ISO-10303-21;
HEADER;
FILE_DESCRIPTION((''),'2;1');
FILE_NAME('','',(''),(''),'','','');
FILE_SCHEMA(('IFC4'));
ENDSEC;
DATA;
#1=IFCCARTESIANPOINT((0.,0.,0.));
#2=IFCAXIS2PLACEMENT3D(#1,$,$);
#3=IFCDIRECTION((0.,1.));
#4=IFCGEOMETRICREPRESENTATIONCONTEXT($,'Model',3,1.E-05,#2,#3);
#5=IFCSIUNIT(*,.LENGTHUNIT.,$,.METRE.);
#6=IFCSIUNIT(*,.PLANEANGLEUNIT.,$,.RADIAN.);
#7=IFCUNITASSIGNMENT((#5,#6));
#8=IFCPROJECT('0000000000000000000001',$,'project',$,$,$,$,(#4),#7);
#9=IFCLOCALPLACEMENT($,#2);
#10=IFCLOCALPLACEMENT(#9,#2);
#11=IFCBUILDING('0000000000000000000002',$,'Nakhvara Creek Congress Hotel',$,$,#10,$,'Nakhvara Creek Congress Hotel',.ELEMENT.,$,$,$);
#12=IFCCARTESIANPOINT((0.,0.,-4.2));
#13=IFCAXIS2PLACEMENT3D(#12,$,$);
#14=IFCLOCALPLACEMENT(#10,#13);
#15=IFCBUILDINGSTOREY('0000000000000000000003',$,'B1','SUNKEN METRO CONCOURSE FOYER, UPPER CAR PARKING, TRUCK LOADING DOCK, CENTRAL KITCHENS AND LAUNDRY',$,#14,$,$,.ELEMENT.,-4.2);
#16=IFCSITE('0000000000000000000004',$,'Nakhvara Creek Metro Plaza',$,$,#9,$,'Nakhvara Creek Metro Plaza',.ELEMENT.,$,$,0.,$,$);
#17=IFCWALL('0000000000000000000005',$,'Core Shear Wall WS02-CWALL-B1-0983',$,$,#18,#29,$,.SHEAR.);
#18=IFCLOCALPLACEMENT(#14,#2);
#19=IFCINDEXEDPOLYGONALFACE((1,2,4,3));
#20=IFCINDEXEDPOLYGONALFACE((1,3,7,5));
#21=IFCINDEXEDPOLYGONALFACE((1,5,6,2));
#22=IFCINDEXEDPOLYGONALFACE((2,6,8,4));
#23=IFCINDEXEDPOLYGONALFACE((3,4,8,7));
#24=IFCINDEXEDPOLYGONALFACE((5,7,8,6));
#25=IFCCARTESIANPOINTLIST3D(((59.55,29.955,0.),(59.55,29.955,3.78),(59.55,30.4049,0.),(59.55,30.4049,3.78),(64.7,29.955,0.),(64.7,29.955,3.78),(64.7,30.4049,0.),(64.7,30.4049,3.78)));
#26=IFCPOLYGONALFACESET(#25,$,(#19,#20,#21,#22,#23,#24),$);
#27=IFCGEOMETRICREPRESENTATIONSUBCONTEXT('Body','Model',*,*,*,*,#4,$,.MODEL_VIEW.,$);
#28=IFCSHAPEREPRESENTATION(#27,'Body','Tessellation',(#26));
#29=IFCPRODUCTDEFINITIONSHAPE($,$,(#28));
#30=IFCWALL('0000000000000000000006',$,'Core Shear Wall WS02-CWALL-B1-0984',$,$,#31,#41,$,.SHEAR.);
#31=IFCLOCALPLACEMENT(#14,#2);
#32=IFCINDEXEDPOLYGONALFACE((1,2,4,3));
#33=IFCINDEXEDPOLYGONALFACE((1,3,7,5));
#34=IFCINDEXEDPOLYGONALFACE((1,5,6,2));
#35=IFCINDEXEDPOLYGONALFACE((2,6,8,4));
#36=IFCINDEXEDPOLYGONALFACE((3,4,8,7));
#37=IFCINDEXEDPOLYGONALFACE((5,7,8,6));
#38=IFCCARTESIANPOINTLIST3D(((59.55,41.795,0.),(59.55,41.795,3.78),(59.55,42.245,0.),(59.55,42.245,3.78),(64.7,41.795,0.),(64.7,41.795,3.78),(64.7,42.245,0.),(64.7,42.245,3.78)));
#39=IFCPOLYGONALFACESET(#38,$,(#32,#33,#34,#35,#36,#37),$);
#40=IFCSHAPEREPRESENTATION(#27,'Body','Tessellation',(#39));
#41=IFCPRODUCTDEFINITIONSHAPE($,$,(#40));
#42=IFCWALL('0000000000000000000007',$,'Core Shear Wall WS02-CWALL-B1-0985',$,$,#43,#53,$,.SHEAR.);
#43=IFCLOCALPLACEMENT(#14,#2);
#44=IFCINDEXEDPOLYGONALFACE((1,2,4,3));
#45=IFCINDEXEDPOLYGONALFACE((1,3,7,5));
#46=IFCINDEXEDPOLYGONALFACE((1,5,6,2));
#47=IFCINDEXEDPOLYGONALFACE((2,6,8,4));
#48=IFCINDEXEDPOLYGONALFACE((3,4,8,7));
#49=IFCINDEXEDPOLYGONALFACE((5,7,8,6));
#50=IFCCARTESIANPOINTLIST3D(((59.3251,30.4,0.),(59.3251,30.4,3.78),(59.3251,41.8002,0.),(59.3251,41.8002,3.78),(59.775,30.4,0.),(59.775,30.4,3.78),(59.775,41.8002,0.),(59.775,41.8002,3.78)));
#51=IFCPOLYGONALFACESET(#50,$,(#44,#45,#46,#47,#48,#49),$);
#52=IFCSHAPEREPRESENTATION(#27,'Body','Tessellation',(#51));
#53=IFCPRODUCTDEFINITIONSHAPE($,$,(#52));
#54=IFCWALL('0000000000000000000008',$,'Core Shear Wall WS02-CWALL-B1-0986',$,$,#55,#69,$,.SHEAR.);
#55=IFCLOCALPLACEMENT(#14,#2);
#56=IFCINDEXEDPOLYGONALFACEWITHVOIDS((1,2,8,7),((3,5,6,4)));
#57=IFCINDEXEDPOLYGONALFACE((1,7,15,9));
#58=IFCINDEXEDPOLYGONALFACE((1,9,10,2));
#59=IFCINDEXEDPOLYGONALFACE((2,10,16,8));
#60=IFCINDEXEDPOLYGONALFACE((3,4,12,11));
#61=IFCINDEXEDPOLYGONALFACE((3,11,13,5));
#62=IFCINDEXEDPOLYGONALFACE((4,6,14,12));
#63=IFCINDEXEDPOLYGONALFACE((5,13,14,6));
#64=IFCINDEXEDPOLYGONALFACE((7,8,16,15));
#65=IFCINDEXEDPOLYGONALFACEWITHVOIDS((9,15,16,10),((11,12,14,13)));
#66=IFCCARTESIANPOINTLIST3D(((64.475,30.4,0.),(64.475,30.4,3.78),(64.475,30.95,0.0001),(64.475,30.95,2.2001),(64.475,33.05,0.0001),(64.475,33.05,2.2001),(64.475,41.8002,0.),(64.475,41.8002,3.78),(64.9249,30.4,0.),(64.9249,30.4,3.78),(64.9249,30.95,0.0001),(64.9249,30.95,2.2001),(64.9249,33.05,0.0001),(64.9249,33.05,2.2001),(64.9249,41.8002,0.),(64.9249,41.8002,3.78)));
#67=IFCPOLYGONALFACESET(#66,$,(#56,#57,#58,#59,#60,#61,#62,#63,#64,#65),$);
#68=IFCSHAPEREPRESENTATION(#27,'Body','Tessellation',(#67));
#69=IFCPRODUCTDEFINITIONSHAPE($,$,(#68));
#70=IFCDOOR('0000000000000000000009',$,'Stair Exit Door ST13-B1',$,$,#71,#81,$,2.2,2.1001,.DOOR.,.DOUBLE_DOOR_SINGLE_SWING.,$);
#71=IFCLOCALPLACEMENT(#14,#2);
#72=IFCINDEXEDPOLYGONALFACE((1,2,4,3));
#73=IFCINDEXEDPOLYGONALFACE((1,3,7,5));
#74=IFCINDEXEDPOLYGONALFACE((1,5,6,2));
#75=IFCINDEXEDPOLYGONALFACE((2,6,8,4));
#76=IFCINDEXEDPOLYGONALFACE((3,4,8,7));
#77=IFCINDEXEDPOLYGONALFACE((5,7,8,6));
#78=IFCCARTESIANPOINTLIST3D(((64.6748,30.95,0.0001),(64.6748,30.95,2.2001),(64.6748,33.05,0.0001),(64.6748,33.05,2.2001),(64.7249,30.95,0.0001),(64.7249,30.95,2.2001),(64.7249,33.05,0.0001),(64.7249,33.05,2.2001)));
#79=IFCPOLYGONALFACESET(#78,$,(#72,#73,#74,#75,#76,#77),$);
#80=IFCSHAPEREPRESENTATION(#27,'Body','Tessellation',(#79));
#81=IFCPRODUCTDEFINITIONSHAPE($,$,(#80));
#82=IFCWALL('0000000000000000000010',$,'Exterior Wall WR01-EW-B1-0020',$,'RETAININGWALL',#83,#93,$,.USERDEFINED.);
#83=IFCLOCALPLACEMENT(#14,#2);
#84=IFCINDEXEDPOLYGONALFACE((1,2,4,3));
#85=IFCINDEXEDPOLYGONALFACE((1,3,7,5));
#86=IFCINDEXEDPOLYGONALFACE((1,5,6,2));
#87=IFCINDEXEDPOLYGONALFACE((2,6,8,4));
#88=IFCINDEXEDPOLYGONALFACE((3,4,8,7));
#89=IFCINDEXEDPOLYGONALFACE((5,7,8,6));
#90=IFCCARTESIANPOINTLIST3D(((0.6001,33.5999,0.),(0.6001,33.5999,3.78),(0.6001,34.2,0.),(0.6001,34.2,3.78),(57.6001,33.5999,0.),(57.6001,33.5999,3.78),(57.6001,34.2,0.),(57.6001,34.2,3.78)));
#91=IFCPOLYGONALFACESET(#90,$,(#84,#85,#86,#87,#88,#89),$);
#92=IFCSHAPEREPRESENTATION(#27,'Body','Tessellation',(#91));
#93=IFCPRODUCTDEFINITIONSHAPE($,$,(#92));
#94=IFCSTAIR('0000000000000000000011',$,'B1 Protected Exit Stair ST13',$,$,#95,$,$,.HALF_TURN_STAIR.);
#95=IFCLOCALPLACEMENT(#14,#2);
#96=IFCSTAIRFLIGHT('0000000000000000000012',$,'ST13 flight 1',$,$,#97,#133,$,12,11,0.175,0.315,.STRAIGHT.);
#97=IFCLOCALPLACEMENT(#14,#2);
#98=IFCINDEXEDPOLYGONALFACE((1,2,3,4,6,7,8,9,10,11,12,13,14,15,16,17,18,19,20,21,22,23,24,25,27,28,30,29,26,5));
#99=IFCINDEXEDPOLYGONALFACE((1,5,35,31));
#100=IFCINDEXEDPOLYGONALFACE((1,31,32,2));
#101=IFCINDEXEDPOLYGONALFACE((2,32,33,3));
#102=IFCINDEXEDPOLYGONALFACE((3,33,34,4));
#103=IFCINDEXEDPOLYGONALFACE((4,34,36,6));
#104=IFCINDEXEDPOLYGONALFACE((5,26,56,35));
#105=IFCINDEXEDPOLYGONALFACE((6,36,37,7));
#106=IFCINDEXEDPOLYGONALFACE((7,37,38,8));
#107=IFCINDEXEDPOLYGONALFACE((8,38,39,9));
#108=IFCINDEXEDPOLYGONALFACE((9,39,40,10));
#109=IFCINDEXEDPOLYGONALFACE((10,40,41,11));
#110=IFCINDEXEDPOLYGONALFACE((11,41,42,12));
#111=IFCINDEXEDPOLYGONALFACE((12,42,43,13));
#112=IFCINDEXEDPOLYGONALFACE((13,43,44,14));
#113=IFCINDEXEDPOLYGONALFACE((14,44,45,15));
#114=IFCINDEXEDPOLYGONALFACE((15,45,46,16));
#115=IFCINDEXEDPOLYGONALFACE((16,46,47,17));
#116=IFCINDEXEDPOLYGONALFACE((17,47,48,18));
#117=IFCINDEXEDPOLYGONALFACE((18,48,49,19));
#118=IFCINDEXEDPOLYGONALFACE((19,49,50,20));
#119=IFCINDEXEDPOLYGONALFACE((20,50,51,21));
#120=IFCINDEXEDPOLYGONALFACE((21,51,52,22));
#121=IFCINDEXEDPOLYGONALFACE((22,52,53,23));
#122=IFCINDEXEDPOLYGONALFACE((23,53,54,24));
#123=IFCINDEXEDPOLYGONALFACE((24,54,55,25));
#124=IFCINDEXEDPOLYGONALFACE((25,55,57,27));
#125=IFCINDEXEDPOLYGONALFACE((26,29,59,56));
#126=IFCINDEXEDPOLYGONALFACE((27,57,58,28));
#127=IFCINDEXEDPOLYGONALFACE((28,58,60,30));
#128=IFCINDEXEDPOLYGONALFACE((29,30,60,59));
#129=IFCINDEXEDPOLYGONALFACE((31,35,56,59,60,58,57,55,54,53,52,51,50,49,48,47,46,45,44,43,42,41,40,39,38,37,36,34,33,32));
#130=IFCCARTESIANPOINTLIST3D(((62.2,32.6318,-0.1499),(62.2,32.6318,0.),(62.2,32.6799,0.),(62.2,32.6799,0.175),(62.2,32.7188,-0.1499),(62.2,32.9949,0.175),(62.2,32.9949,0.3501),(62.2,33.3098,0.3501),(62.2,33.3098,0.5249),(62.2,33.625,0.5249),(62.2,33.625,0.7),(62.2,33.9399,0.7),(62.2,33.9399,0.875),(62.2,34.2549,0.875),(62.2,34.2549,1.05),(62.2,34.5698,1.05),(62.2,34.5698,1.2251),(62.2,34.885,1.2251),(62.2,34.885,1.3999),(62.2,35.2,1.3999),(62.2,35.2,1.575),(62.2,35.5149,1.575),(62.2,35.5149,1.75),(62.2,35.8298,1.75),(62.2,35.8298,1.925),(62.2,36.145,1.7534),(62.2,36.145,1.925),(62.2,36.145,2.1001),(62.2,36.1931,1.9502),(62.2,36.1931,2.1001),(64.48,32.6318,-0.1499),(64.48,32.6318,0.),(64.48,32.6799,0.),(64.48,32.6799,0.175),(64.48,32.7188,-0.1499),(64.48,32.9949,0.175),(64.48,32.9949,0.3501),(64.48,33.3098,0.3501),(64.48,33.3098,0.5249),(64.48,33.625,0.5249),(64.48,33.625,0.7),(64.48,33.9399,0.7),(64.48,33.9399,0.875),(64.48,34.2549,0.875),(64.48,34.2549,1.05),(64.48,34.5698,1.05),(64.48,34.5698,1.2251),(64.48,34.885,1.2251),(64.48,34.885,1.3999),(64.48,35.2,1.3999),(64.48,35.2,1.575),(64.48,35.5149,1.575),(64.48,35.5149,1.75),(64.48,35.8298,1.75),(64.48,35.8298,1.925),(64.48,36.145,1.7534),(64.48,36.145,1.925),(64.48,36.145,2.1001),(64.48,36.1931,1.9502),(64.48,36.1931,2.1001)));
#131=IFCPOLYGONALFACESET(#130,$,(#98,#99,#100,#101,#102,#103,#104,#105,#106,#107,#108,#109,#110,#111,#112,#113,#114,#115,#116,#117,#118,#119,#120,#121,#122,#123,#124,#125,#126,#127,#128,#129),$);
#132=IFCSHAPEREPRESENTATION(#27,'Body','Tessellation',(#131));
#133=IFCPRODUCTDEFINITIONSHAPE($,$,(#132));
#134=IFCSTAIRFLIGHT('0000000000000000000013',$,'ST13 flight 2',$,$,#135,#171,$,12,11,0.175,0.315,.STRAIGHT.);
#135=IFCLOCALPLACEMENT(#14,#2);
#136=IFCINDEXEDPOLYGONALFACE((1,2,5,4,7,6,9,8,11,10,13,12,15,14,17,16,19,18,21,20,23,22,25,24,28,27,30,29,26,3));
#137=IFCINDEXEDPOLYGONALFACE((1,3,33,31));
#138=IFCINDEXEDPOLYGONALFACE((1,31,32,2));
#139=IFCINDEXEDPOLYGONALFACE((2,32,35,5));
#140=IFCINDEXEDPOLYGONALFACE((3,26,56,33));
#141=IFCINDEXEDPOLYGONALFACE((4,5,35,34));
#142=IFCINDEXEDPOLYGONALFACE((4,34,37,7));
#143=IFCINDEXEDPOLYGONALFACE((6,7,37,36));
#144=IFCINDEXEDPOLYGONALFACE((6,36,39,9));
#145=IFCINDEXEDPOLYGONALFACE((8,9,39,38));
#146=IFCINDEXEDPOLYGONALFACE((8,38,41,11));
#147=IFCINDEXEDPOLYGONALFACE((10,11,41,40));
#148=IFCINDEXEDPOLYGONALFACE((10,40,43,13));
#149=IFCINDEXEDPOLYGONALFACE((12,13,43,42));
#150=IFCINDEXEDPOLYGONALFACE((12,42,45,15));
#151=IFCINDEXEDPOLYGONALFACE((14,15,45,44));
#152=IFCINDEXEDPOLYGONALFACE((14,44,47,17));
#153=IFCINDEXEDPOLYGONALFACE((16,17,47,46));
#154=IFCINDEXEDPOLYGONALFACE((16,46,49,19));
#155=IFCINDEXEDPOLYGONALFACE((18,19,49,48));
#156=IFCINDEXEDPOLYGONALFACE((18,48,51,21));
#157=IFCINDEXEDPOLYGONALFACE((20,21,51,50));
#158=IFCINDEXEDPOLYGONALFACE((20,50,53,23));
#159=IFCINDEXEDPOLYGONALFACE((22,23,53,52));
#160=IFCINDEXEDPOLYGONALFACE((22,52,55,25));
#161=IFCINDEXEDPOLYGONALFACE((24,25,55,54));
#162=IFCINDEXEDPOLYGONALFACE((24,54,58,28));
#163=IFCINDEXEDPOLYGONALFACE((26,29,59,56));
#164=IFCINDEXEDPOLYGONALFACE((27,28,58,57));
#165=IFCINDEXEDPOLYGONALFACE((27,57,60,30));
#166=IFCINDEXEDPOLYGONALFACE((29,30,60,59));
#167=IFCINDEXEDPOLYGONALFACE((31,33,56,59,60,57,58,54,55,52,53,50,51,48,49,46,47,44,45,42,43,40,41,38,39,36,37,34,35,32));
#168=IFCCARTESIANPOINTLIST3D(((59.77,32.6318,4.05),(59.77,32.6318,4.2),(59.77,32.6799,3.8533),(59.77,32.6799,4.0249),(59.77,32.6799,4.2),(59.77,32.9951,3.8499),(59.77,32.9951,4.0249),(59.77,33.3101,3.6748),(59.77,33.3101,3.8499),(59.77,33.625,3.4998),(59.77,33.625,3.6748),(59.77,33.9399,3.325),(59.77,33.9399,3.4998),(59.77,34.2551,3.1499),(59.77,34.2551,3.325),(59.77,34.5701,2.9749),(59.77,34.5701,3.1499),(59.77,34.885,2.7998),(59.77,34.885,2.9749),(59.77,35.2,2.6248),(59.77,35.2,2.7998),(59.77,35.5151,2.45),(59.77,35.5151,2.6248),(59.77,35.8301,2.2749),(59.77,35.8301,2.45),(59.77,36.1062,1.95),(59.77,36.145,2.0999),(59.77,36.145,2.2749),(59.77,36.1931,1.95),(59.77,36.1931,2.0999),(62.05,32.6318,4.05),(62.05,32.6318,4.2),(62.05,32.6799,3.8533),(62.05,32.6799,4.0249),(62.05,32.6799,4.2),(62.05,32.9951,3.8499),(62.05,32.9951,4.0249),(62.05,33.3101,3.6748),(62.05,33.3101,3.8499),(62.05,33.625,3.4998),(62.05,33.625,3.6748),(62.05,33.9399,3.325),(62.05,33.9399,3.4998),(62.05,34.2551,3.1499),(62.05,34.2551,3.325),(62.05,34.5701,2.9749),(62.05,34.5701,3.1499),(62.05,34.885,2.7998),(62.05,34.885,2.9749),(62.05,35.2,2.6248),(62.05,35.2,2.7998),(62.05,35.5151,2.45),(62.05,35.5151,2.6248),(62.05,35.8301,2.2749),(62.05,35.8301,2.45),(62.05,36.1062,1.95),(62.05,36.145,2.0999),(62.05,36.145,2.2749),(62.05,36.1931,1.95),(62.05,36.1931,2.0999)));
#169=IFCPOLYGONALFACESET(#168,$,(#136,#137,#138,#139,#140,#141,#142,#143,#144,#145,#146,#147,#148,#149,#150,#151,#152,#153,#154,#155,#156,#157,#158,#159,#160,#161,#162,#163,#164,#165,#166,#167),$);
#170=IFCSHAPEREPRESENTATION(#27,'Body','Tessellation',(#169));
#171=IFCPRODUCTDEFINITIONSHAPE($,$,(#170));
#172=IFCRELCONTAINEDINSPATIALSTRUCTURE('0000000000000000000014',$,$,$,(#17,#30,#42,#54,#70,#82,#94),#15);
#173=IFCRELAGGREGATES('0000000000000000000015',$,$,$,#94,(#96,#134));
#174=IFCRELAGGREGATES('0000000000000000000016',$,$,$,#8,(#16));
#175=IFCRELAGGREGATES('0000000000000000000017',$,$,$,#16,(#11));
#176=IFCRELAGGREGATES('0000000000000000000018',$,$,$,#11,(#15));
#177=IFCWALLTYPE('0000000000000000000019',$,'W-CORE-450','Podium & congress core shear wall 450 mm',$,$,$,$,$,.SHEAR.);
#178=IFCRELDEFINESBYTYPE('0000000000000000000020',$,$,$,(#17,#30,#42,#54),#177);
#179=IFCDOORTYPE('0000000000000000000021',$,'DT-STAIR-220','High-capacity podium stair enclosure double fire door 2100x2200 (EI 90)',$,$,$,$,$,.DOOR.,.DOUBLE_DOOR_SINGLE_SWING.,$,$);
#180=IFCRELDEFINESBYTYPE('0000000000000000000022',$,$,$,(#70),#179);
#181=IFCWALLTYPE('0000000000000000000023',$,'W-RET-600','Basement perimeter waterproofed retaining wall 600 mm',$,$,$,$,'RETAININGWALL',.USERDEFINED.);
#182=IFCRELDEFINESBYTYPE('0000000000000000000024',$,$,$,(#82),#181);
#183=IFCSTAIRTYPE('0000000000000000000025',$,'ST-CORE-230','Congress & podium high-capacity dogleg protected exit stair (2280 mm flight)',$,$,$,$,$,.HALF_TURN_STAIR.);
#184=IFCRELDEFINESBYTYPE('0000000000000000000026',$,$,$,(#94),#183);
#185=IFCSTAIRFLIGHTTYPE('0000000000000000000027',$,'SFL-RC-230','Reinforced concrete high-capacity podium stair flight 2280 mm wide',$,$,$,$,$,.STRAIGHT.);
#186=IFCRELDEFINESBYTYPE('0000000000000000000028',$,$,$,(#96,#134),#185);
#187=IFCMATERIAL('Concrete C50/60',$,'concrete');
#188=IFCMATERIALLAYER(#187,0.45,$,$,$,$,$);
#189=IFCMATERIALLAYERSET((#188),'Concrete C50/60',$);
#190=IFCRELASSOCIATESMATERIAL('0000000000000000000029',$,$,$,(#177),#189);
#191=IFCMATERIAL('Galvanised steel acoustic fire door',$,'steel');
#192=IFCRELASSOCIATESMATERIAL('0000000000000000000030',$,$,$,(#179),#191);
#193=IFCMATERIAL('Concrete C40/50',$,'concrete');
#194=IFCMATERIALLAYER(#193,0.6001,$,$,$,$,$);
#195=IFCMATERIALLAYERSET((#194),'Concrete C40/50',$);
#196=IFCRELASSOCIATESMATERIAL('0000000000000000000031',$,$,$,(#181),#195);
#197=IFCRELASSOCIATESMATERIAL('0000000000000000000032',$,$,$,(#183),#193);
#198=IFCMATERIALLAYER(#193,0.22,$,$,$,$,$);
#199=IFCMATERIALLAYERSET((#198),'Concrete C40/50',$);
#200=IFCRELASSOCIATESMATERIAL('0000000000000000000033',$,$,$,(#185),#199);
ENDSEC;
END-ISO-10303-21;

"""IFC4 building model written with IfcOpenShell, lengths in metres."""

from ifc_helpers import new_model, si_unit, direction, frame, frame_2d, origin, place, context, subcontext, project, spatial, polyline, rectangle, outline, extrude, material, layer, layer_set, type_object, element, fill, aggregate, save


model = new_model("IFC4")

# Units and contexts
model_context = context("Model", 3, precision=1e-05, world=origin(), true_north=direction((0.0, 1.0)))
body_context = subcontext(model_context, "Body", "Model", "MODEL_VIEW")
ifc_project = project(units=[si_unit("LENGTHUNIT", "METRE"), si_unit("PLANEANGLEUNIT", "RADIAN")], contexts=[model_context])

# Site, building, storey
site_placement = place(None, origin())
site = spatial("IfcSite", under=ifc_project, at=site_placement, Name="Nakhvara Creek Metro Plaza", LongName="Nakhvara Creek Metro Plaza", CompositionType="ELEMENT", RefElevation=0.0)
building_placement = place(site_placement, origin())
building = spatial("IfcBuilding", under=site, at=building_placement, Name="Nakhvara Creek Congress Hotel", LongName="Nakhvara Creek Congress Hotel", CompositionType="ELEMENT")
storey_placement = place(building_placement, frame((0.0, 0.0, -4.2)))
storey = spatial("IfcBuildingStorey", under=building, at=storey_placement, Name="B1", Description="SUNKEN METRO CONCOURSE FOYER, UPPER CAR PARKING, TRUCK LOADING DOCK, CENTRAL KITCHENS AND LAUNDRY", CompositionType="ELEMENT", Elevation=-4.2)

# Shared definitions
ifc_material_1 = material(Name="Concrete C50/60", Category="concrete")

# Shared definitions
ifc_material_2 = material(Name="Concrete C40/50", Category="concrete")

# Walls
ifc_layer_1 = layer(ifc_material_1, 0.45)
ifc_layer_set_1 = layer_set([ifc_layer_1], Name="Concrete C50/60")
wall_type_1 = type_object("IfcWallType", Name="W-CORE-450", Description="Podium & congress core shear wall 450 mm", PredefinedType="SHEAR", material=ifc_layer_set_1)
for number, where, z_axis, x_axis, name in (
    (1, (59.55, 30.1799, 0.0), (0.0, 0.0, 1.0), (1.0, 0.0, 0.0), "Core Shear Wall WS02-CWALL-B1-0983"),
    (2, (59.55, 42.02, 0.0), (0.0, 0.0, 1.0), (1.0, 0.0, 0.0), "Core Shear Wall WS02-CWALL-B1-0984"),
):
    element("IfcWall", number, at=place(storey_placement, frame(where, z_axis=z_axis, x_axis=x_axis)), inside=storey, type_object=wall_type_1, Name=name, PredefinedType="SHEAR", context=body_context, shape_type="SweptSolid", body=[
        extrude(rectangle(XDim=5.1499, YDim=0.45, at=frame_2d((2.575, 0.0))), origin(), (0.0, 0.0, 1.0), 3.78),
    ])
wall_1_placement = place(storey_placement, frame((59.55, 30.3999, 0.0), z_axis=(0.0, 0.0, 1.0), x_axis=(0.0, 1.0, 0.0)))
element("IfcWall", 3, at=wall_1_placement, inside=storey, type_object=wall_type_1, Name="Core Shear Wall WS02-CWALL-B1-0985", PredefinedType="SHEAR", context=body_context, shape_type="SweptSolid", body=[
    extrude(rectangle(XDim=11.4001, YDim=0.45, at=frame_2d((5.7002, 0.0))), origin(), (0.0, 0.0, 1.0), 3.78),
])

# Wall, opening, door
wall_2_placement = place(storey_placement, frame((64.7, 30.3999, 0.0), z_axis=(0.0, 0.0, 1.0), x_axis=(0.0, 1.0, 0.0)))
wall_2 = element("IfcWall", 4, at=wall_2_placement, inside=storey, type_object=wall_type_1, Name="Core Shear Wall WS02-CWALL-B1-0986", PredefinedType="SHEAR", context=body_context, shape_type="SweptSolid", body=[
    extrude(rectangle(XDim=11.4001, YDim=0.45, at=frame_2d((5.7002, 0.0))), origin(), (0.0, 0.0, 1.0), 3.78),
])
opening_placement = place(wall_2_placement, frame((0.55, 0.0, 0.0)))
opening = element("IfcOpeningElement", 5, at=opening_placement, cuts=wall_2, PredefinedType="OPENING", context=body_context, shape_type="SweptSolid", body=[
    extrude(rectangle(XDim=2.1001, YDim=2.2, at=frame_2d((1.05, 1.1001))), frame((0.0, 0.2368, 0.0), z_axis=(0.0, -1.0, 0.0), x_axis=(1.0, 0.0, 0.0)), (0.0, 0.0, 1.0), 0.4739),
])
ifc_material_3 = material(Name="Galvanised steel acoustic fire door", Category="steel")
door_type = type_object("IfcDoorType", Name="DT-STAIR-220", Description="High-capacity podium stair enclosure double fire door 2100x2200 (EI 90)", OperationType="DOUBLE_DOOR_SINGLE_SWING", PredefinedType="DOOR", material=ifc_material_3)
door_placement = place(opening_placement, frame((2.1001, 0.0, 0.0), z_axis=(0.0, 0.0, 1.0), x_axis=(-1.0, 0.0, 0.0)))
door = element("IfcDoor", 6, at=door_placement, inside=storey, type_object=door_type, Name="Stair Exit Door ST13-B1", OperationType="DOUBLE_DOOR_SINGLE_SWING", OverallHeight=2.2, OverallWidth=2.1001, PredefinedType="DOOR", context=body_context, shape_type="SweptSolid", body=[
    extrude(rectangle(XDim=2.1001, YDim=2.2, at=frame_2d((1.05, 1.1001))), frame((0.0, 0.0249, 0.0), z_axis=(0.0, -1.0, 0.0), x_axis=(1.0, 0.0, 0.0)), (0.0, 0.0, 1.0), 0.05),
])
fill(opening, door)

# Wall
ifc_layer_2 = layer(ifc_material_2, 0.6001)
ifc_layer_set_2 = layer_set([ifc_layer_2], Name="Concrete C40/50")
wall_type_2 = type_object("IfcWallType", Name="W-RET-600", Description="Basement perimeter waterproofed retaining wall 600 mm", ElementType="RETAININGWALL", PredefinedType="USERDEFINED", material=ifc_layer_set_2)
wall_3_placement = place(storey_placement, frame((57.6001, 33.8999, 0.0), z_axis=(0.0, 0.0, 1.0), x_axis=(-1.0, 0.0, 0.0)))
element("IfcWall", 7, at=wall_3_placement, inside=storey, type_object=wall_type_2, Name="Exterior Wall WR01-EW-B1-0020", ObjectType="RETAININGWALL", PredefinedType="USERDEFINED", context=body_context, shape_type="SweptSolid", body=[
    extrude(rectangle(XDim=57.0, YDim=0.6001, at=frame_2d((28.5, 0.0))), origin(), (0.0, 0.0, 1.0), 3.78),
])

# Stair, stair flights
stair_type = type_object("IfcStairType", Name="ST-CORE-230", Description="Congress & podium high-capacity dogleg protected exit stair (2280 mm flight)", PredefinedType="HALF_TURN_STAIR", material=ifc_material_2)
stair_placement = place(storey_placement, origin())
stair = element("IfcStair", 8, at=stair_placement, inside=storey, type_object=stair_type, Name="B1 Protected Exit Stair ST13", PredefinedType="HALF_TURN_STAIR")
ifc_layer_3 = layer(ifc_material_2, 0.22)
ifc_layer_set_3 = layer_set([ifc_layer_3], Name="Concrete C40/50")
stair_flight_type = type_object("IfcStairFlightType", Name="SFL-RC-230", Description="Reinforced concrete high-capacity podium stair flight 2280 mm wide", PredefinedType="STRAIGHT", material=ifc_layer_set_3)
stair_flight_1_placement = place(storey_placement, frame((63.3401, 32.6799, 0.0), z_axis=(0.0, 0.0, 1.0), x_axis=(0.0, 1.0, 0.0)))
stair_flight_1 = element("IfcStairFlight", 9, at=stair_flight_1_placement, type_object=stair_flight_type, Name="ST13 flight 1", NumberOfRisers=12, NumberOfTreads=11, PredefinedType="STRAIGHT", RiserHeight=0.175, TreadLength=0.315, context=body_context, shape_type="SweptSolid", body=[
    extrude(outline(polyline([(-0.0481, 0.0), (0.0, 0.0), (0.0, 0.175), (0.3149, 0.175), (0.3149, 0.3501), (0.6299, 0.3501), (0.6299, 0.5249), (0.9451, 0.5249), (0.9451, 0.7), (1.26, 0.7), (1.26, 0.875), (1.575, 0.875), (1.575, 1.05), (1.8899, 1.05), (1.8899, 1.2251), (2.2051, 1.2251), (2.2051, 1.3999), (2.52, 1.3999), (2.52, 1.575), (2.835, 1.575), (2.835, 1.75), (3.1499, 1.75), (3.1499, 1.925), (3.4651, 1.925), (3.4651, 2.1001), (3.5132, 2.1001), (3.5132, 1.9502), (3.4651, 1.7534), (0.0388, -0.1499), (-0.0481, -0.1499), (-0.0481, 0.0)])), frame((0.0, 1.1401, 0.0), z_axis=(0.0, -1.0, 0.0), x_axis=(1.0, 0.0, 0.0)), (0.0, 0.0, 1.0), 2.28),
])
stair_flight_2_placement = place(storey_placement, frame((60.9099, 36.145, 2.0999), z_axis=(0.0, 0.0, 1.0), x_axis=(0.0, -1.0, 0.0)))
stair_flight_2 = element("IfcStairFlight", 10, at=stair_flight_2_placement, type_object=stair_flight_type, Name="ST13 flight 2", NumberOfRisers=12, NumberOfTreads=11, PredefinedType="STRAIGHT", RiserHeight=0.175, TreadLength=0.315, context=body_context, shape_type="SweptSolid", body=[
    extrude(outline(polyline([(-0.0481, 0.0), (0.0, 0.0), (0.0, 0.175), (0.3149, 0.175), (0.3149, 0.3501), (0.6299, 0.3501), (0.6299, 0.5249), (0.9451, 0.5249), (0.9451, 0.7), (1.26, 0.7), (1.26, 0.875), (1.575, 0.875), (1.575, 1.05), (1.8899, 1.05), (1.8899, 1.2251), (2.2051, 1.2251), (2.2051, 1.3999), (2.52, 1.3999), (2.52, 1.575), (2.835, 1.575), (2.835, 1.75), (3.1499, 1.75), (3.1499, 1.925), (3.4651, 1.925), (3.4651, 2.1001), (3.5132, 2.1001), (3.5132, 1.9502), (3.4651, 1.7534), (0.0388, -0.1499), (-0.0481, -0.1499), (-0.0481, 0.0)])), frame((0.0, 1.1401, 0.0), z_axis=(0.0, -1.0, 0.0), x_axis=(1.0, 0.0, 0.0)), (0.0, 0.0, 1.0), 2.28),
])
aggregate(stair, [stair_flight_1, stair_flight_2])

save(model, "model.ifc")
